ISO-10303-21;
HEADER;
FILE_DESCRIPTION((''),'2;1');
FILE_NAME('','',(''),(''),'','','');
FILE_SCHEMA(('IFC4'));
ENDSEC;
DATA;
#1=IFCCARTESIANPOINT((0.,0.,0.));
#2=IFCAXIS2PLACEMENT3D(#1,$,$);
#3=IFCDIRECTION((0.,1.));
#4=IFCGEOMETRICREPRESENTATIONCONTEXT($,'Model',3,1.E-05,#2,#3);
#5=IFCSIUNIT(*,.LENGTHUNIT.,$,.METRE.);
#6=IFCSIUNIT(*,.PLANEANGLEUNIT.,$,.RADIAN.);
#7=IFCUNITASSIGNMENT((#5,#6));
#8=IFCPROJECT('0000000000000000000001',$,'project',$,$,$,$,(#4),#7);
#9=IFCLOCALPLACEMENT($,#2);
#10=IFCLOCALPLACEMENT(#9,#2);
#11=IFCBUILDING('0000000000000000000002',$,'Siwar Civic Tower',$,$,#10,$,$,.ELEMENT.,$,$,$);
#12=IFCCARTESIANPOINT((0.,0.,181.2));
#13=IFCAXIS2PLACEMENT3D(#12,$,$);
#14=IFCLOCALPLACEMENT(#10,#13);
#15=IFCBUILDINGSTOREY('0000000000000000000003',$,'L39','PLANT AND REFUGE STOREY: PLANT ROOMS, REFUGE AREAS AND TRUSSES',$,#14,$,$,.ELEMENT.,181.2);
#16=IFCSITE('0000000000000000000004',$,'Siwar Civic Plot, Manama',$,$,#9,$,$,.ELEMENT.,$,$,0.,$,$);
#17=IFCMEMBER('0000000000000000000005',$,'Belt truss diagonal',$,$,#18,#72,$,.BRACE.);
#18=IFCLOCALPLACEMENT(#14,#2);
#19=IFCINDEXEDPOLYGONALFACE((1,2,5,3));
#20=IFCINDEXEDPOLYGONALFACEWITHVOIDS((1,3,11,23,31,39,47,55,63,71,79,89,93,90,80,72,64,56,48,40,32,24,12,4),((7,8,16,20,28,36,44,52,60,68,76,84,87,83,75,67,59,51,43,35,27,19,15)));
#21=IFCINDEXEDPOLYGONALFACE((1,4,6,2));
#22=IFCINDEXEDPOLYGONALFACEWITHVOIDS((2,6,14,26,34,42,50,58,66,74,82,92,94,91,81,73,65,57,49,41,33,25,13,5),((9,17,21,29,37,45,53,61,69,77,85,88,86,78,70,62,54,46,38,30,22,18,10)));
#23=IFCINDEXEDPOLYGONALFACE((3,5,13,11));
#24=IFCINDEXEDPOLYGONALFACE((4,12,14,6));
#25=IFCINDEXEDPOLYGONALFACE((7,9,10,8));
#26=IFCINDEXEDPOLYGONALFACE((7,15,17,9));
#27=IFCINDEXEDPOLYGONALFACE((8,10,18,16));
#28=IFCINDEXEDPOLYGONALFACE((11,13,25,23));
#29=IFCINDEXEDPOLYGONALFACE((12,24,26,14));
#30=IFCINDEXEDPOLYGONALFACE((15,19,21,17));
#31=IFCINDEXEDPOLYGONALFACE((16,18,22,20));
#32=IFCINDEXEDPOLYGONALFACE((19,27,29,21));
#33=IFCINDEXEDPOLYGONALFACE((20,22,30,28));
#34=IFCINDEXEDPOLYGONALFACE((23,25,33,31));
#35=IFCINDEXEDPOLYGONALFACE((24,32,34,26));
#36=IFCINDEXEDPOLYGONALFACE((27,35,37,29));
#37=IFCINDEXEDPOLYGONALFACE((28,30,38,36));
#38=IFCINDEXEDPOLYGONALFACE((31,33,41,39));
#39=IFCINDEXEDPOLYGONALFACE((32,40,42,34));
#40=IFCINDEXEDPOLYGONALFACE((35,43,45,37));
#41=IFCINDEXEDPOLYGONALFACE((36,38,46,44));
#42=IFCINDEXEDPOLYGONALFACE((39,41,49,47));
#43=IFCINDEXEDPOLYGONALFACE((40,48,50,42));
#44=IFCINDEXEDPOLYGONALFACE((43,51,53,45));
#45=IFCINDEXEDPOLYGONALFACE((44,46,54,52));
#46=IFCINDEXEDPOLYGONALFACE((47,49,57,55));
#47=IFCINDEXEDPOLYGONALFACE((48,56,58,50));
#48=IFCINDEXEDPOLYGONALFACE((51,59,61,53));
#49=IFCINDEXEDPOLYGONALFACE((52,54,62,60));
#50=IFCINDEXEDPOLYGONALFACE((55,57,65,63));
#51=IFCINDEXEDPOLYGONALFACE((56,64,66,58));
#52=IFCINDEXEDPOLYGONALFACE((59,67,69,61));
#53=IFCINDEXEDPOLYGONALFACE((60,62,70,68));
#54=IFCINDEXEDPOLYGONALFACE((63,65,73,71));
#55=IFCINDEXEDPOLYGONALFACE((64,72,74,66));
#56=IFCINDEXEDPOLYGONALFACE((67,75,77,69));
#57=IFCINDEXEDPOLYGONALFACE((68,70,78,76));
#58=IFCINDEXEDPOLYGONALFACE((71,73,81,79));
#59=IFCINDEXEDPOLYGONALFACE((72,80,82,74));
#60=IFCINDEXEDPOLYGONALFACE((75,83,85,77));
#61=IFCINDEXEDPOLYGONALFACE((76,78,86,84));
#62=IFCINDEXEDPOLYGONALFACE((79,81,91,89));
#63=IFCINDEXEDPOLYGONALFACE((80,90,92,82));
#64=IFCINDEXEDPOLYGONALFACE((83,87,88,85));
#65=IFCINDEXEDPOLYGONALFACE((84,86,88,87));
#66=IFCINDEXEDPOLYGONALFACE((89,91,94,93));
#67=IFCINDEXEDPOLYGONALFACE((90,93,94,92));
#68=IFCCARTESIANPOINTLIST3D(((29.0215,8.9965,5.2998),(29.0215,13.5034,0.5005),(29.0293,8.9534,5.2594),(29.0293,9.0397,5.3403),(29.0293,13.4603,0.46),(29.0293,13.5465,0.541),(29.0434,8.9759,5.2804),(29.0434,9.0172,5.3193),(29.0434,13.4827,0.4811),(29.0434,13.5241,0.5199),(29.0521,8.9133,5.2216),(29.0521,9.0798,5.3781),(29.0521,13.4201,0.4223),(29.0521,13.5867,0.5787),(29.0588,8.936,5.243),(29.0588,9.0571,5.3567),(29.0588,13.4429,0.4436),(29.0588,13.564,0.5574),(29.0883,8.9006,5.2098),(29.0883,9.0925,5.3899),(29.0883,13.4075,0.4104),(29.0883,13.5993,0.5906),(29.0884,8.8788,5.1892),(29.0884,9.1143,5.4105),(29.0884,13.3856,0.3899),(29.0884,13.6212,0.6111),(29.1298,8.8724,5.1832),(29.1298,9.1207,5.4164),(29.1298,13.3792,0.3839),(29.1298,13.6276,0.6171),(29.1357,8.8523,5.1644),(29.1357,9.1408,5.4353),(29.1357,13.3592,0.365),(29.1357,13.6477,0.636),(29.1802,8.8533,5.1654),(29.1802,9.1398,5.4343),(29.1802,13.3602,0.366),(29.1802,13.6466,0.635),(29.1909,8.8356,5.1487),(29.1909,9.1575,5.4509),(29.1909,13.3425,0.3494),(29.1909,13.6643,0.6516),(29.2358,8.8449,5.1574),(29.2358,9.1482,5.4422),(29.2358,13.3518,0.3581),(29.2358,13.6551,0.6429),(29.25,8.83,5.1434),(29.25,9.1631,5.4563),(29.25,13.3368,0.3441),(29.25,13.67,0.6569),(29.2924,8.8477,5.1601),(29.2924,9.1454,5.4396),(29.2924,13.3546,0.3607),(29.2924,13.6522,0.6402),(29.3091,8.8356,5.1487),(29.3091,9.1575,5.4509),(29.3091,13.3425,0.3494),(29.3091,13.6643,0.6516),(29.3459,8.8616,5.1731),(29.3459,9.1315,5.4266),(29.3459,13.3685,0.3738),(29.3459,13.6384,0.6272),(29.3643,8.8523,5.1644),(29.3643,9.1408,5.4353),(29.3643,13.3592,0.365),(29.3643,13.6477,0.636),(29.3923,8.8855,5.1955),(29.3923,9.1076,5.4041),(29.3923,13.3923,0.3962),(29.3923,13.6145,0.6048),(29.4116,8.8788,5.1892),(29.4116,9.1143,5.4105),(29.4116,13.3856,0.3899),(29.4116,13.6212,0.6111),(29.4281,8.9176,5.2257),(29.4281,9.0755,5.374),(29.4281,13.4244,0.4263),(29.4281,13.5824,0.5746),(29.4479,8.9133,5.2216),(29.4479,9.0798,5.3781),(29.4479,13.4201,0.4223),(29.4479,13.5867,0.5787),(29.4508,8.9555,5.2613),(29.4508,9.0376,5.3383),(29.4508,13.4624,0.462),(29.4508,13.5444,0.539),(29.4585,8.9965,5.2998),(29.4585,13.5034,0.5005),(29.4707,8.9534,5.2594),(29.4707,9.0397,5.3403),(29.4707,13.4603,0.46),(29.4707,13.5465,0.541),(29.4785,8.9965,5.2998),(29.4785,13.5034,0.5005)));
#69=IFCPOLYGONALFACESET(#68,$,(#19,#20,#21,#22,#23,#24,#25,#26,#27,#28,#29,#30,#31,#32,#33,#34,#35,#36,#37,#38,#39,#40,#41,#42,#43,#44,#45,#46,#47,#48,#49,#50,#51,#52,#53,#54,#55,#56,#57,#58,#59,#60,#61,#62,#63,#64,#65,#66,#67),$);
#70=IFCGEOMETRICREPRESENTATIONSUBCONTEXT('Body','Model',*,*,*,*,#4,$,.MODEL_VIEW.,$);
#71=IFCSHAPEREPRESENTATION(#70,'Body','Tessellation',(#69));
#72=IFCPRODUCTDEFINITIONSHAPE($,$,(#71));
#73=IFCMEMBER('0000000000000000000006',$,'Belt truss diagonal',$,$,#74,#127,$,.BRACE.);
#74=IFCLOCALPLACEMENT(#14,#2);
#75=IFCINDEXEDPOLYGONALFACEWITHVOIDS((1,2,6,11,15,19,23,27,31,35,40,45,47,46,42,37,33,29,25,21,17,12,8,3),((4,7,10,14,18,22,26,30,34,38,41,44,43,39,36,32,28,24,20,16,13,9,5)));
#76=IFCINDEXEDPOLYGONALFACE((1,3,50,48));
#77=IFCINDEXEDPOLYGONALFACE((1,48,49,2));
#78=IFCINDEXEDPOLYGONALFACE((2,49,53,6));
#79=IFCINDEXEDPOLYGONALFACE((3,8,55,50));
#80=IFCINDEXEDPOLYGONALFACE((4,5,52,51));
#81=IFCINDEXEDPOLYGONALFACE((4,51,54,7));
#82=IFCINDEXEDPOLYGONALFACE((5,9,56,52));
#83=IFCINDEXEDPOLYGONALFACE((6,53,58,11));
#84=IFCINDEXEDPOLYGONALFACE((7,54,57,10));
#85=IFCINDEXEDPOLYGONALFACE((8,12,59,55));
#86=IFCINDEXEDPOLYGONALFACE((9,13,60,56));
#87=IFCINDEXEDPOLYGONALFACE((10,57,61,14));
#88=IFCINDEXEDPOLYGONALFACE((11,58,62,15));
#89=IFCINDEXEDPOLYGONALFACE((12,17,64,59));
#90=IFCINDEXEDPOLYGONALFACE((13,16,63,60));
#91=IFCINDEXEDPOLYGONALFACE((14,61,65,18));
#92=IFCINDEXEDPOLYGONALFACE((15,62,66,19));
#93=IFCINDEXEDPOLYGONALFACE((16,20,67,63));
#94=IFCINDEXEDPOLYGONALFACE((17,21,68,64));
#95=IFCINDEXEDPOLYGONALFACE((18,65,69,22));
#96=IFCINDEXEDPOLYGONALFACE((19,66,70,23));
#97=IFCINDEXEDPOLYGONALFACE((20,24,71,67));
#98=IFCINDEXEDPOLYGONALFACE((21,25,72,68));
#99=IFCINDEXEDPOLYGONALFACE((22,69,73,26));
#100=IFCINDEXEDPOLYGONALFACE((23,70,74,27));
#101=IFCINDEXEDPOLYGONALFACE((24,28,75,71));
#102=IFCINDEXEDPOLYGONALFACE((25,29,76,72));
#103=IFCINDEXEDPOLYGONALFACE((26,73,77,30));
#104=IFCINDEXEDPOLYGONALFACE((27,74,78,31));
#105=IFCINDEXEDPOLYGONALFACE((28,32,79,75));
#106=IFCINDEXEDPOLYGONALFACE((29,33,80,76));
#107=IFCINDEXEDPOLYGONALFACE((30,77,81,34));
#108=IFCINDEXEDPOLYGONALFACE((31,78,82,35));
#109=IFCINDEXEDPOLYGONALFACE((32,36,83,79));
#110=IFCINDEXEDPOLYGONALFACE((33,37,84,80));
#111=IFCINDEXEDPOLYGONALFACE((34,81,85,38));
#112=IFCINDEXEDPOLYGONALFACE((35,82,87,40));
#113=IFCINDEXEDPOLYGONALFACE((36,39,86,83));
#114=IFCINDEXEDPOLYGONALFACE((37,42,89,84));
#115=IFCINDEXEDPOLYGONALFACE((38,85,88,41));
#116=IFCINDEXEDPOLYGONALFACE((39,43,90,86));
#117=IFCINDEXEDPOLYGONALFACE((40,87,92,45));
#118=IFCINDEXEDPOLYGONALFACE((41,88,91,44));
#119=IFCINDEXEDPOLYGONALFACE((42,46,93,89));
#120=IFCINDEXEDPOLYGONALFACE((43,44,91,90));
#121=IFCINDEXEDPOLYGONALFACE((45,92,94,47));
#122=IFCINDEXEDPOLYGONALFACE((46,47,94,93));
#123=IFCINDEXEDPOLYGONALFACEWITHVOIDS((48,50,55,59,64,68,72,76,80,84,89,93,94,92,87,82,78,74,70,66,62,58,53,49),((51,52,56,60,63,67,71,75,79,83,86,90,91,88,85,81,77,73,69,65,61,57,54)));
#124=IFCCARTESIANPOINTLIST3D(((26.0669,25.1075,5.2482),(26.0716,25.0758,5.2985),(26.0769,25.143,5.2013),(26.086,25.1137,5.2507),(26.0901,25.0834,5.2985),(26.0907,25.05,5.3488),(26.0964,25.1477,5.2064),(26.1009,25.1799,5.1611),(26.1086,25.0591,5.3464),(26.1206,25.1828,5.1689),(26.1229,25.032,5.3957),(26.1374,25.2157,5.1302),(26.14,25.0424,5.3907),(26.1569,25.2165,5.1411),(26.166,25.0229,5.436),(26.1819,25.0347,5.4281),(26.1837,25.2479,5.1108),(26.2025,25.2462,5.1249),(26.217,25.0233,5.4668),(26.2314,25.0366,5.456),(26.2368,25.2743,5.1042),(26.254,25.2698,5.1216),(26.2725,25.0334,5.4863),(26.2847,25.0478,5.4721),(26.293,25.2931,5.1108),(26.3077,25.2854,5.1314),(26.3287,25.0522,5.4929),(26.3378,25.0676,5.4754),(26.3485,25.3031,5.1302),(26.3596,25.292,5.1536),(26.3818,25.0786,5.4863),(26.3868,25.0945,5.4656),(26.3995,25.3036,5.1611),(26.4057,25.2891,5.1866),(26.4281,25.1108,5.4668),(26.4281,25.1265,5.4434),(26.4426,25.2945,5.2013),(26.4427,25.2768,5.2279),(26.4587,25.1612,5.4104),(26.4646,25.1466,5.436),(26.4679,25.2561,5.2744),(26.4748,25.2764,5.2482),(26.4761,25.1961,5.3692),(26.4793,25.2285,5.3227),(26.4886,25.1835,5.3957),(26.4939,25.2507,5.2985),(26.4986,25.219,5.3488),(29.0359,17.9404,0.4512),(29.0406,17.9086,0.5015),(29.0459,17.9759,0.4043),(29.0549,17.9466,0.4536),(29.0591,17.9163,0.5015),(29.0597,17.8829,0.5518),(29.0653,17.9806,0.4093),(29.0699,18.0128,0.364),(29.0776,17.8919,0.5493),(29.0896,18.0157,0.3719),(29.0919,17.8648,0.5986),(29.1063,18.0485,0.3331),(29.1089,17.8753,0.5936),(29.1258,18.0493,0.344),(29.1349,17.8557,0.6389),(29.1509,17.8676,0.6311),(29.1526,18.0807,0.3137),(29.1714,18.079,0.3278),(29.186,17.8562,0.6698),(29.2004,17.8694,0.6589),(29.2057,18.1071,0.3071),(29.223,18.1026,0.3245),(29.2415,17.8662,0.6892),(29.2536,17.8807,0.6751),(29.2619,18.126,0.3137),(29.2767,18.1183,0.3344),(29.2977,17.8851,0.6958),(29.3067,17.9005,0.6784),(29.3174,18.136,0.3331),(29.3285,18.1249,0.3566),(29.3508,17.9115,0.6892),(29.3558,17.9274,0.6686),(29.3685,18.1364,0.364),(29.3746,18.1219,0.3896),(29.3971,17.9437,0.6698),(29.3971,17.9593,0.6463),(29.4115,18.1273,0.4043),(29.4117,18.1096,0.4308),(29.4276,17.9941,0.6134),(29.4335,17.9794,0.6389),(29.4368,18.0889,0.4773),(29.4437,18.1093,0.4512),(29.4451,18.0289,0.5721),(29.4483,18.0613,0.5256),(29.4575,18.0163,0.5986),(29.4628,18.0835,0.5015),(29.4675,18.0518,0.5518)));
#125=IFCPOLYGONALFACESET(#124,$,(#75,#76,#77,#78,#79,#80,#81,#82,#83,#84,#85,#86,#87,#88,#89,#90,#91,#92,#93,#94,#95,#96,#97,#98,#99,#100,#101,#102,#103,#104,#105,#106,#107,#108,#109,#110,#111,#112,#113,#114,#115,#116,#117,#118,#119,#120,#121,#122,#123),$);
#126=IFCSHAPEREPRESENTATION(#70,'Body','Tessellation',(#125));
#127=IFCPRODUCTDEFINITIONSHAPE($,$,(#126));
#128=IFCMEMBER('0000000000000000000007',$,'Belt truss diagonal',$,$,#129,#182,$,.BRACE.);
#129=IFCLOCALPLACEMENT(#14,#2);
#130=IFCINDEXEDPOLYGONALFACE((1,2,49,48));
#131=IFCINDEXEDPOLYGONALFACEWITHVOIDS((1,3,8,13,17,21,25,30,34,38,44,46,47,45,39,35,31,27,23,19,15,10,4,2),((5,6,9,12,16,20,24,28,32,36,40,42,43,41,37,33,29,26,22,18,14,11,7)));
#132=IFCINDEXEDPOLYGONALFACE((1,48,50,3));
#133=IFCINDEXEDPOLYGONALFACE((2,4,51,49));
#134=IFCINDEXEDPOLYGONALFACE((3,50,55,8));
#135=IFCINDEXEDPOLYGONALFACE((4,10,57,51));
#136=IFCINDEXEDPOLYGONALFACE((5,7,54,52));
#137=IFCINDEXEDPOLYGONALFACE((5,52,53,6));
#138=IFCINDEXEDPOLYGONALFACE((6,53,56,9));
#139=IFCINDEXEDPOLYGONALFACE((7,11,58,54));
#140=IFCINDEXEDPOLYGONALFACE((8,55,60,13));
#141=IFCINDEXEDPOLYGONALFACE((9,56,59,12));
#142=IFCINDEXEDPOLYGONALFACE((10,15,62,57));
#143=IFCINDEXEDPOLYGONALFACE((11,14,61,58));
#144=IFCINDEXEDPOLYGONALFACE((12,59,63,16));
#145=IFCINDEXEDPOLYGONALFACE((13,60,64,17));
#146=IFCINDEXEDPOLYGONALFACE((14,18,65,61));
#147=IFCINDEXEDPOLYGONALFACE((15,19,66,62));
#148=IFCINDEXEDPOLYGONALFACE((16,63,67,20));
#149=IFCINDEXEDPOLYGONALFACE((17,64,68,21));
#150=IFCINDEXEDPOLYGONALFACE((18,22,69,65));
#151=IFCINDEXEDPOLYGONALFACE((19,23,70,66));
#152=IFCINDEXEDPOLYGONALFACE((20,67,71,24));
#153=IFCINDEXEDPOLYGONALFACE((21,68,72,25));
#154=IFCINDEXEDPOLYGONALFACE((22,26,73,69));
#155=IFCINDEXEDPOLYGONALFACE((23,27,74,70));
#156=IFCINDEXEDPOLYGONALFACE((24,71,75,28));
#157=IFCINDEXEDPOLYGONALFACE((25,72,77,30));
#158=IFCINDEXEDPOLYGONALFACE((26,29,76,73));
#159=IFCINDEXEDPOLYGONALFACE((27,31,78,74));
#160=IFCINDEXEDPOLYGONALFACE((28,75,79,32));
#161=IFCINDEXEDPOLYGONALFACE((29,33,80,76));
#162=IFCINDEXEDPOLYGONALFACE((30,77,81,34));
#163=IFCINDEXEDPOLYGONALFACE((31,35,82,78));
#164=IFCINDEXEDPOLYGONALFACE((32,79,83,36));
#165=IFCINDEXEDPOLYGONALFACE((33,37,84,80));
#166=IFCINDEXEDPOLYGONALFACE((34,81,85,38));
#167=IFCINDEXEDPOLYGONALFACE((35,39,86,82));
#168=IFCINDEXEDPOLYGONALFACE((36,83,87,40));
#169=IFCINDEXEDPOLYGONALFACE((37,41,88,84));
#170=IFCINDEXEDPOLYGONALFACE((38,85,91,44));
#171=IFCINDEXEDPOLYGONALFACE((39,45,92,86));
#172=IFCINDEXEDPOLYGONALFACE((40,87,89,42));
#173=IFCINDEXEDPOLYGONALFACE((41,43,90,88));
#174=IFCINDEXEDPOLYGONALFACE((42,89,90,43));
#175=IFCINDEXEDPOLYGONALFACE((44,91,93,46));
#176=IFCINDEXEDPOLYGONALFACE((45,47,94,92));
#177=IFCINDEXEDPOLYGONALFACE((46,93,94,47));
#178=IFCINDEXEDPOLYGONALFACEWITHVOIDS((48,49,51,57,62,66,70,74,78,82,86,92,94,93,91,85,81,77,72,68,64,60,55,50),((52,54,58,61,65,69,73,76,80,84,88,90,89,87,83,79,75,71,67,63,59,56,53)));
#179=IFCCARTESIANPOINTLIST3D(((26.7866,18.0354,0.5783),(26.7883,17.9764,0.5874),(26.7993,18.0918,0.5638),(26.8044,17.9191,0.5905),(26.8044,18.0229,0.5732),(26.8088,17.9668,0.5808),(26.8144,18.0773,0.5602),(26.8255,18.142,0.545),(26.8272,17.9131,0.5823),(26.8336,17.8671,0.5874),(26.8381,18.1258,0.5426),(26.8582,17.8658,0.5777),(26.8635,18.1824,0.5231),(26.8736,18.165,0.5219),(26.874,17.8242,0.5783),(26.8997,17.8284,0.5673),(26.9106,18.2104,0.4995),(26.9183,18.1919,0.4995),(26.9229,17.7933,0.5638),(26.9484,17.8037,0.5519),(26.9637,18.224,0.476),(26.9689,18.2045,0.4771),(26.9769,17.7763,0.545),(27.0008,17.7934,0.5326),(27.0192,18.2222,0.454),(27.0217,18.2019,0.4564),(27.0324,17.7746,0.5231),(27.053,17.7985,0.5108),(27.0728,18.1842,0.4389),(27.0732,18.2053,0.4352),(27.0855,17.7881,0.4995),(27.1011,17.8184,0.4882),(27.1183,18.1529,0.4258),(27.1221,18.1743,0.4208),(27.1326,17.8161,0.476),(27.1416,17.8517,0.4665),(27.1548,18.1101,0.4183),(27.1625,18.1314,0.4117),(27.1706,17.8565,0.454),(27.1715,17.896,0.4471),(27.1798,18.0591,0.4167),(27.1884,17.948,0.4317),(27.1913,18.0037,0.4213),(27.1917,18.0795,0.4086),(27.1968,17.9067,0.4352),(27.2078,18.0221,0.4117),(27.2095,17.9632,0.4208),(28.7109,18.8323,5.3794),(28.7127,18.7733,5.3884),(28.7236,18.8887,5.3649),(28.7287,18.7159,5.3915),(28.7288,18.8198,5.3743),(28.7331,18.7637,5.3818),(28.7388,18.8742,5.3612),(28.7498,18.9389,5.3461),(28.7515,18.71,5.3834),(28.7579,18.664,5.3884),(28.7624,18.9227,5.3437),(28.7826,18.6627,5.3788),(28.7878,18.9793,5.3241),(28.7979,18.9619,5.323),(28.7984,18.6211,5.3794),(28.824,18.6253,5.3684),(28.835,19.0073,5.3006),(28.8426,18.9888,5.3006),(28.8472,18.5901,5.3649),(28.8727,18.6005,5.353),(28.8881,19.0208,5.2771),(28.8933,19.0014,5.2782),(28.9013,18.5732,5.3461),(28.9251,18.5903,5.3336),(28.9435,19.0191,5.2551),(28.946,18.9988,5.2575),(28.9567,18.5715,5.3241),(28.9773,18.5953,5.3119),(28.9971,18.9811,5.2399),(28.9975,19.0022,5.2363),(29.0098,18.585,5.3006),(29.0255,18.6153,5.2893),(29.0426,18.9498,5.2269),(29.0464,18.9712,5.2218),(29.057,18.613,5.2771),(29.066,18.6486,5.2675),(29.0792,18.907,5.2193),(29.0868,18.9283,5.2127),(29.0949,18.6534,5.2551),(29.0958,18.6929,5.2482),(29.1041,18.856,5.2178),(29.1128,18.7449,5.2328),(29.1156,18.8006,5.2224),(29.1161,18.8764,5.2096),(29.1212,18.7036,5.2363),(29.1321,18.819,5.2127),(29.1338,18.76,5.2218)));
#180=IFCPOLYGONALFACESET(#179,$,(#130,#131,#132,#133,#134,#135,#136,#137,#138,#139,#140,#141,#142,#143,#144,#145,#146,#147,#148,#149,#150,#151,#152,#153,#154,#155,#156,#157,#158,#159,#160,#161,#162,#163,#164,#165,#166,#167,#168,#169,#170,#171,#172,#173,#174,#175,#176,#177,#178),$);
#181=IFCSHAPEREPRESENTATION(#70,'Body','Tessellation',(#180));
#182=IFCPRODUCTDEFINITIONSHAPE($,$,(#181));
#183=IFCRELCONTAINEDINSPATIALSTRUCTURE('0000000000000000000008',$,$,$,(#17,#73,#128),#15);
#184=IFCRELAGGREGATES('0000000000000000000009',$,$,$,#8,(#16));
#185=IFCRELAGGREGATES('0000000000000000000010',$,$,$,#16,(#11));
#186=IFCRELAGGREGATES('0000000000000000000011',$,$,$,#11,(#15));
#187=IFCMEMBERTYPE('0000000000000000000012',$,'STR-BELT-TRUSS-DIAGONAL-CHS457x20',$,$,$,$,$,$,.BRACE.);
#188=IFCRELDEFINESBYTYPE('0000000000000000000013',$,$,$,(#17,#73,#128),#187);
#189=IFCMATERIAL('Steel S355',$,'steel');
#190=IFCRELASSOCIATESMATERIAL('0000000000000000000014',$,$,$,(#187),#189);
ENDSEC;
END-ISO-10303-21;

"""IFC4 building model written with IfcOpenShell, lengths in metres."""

from ifc_helpers import new_model, si_unit, direction, frame, origin, origin_2d, place, context, subcontext, project, spatial, hollow_circle, extrude, material, material_profile, profile_set, type_object, element, save


model = new_model("IFC4")

# Units and contexts
model_context = context("Model", 3, precision=1e-05, world=origin(), true_north=direction((0.0, 1.0)))
body_context = subcontext(model_context, "Body", "Model", "MODEL_VIEW")
ifc_project = project(units=[si_unit("LENGTHUNIT", "METRE"), si_unit("PLANEANGLEUNIT", "RADIAN")], contexts=[model_context])

# Site, building, storey
site_placement = place(None, origin())
site = spatial("IfcSite", under=ifc_project, at=site_placement, Name="Siwar Civic Plot, Manama", CompositionType="ELEMENT", RefElevation=0.0)
building_placement = place(site_placement, origin())
building = spatial("IfcBuilding", under=site, at=building_placement, Name="Siwar Civic Tower", CompositionType="ELEMENT")
storey_placement = place(building_placement, frame((0.0, 0.0, 181.2)))
storey = spatial("IfcBuildingStorey", under=building, at=storey_placement, Name="L39", Description="PLANT AND REFUGE STOREY: PLANT ROOMS, REFUGE AREAS AND TRUSSES", CompositionType="ELEMENT", Elevation=181.2)

# Members
ifc_material_1 = material(Name="Steel S355", Category="steel")
ifc_material_profile_1 = material_profile(ifc_material_1, hollow_circle(Radius=0.2285, WallThickness=0.02, at=origin_2d()), Name="CHS457x20")
ifc_profile_set_1 = profile_set([ifc_material_profile_1], Name="Steel S355")
member_type_1 = type_object("IfcMemberType", Name="STR-BELT-TRUSS-DIAGONAL-CHS457x20", PredefinedType="BRACE", material=ifc_profile_set_1)
member_1_placement = place(storey_placement, frame((29.25, 13.5034, 0.5005), z_axis=(0.0, -0.684545, 0.72897), x_axis=(1.0, 0.0, 0.0)))
element("IfcMember", 1, at=member_1_placement, inside=storey, type_object=member_type_1, Name="Belt truss diagonal", PredefinedType="BRACE", context=body_context, shape_type="SweptSolid", body=[
    extrude(hollow_circle(Radius=0.2285, WallThickness=0.02, at=origin_2d()), origin(), (0.0, 0.0, 1.0), 6.5837),
])
member_2_placement = place(storey_placement, frame((29.2517, 17.9961, 0.5015), z_axis=(-0.325504, 0.785777, 0.52593), x_axis=(-0.923869, -0.382708, 0.0)))
element("IfcMember", 2, at=member_2_placement, inside=storey, type_object=member_type_1, Name="Belt truss diagonal", PredefinedType="BRACE", context=body_context, shape_type="SweptSolid", body=[
    extrude(hollow_circle(Radius=0.2285, WallThickness=0.02, at=origin_2d()), origin(), (0.0, 0.0, 1.0), 9.1211),
])
member_3_placement = place(storey_placement, frame((26.998, 17.9993, 0.4995), z_axis=(0.367703, 0.152269, 0.917392), x_axis=(-0.3826, 0.923914, 0.0)))
element("IfcMember", 3, at=member_3_placement, inside=storey, type_object=member_type_1, Name="Belt truss diagonal", PredefinedType="BRACE", context=body_context, shape_type="SweptSolid", body=[
    extrude(hollow_circle(Radius=0.2285, WallThickness=0.02, at=origin_2d()), origin(), (0.0, 0.0, 1.0), 5.2334),
])

save(model, "model.ifc")
